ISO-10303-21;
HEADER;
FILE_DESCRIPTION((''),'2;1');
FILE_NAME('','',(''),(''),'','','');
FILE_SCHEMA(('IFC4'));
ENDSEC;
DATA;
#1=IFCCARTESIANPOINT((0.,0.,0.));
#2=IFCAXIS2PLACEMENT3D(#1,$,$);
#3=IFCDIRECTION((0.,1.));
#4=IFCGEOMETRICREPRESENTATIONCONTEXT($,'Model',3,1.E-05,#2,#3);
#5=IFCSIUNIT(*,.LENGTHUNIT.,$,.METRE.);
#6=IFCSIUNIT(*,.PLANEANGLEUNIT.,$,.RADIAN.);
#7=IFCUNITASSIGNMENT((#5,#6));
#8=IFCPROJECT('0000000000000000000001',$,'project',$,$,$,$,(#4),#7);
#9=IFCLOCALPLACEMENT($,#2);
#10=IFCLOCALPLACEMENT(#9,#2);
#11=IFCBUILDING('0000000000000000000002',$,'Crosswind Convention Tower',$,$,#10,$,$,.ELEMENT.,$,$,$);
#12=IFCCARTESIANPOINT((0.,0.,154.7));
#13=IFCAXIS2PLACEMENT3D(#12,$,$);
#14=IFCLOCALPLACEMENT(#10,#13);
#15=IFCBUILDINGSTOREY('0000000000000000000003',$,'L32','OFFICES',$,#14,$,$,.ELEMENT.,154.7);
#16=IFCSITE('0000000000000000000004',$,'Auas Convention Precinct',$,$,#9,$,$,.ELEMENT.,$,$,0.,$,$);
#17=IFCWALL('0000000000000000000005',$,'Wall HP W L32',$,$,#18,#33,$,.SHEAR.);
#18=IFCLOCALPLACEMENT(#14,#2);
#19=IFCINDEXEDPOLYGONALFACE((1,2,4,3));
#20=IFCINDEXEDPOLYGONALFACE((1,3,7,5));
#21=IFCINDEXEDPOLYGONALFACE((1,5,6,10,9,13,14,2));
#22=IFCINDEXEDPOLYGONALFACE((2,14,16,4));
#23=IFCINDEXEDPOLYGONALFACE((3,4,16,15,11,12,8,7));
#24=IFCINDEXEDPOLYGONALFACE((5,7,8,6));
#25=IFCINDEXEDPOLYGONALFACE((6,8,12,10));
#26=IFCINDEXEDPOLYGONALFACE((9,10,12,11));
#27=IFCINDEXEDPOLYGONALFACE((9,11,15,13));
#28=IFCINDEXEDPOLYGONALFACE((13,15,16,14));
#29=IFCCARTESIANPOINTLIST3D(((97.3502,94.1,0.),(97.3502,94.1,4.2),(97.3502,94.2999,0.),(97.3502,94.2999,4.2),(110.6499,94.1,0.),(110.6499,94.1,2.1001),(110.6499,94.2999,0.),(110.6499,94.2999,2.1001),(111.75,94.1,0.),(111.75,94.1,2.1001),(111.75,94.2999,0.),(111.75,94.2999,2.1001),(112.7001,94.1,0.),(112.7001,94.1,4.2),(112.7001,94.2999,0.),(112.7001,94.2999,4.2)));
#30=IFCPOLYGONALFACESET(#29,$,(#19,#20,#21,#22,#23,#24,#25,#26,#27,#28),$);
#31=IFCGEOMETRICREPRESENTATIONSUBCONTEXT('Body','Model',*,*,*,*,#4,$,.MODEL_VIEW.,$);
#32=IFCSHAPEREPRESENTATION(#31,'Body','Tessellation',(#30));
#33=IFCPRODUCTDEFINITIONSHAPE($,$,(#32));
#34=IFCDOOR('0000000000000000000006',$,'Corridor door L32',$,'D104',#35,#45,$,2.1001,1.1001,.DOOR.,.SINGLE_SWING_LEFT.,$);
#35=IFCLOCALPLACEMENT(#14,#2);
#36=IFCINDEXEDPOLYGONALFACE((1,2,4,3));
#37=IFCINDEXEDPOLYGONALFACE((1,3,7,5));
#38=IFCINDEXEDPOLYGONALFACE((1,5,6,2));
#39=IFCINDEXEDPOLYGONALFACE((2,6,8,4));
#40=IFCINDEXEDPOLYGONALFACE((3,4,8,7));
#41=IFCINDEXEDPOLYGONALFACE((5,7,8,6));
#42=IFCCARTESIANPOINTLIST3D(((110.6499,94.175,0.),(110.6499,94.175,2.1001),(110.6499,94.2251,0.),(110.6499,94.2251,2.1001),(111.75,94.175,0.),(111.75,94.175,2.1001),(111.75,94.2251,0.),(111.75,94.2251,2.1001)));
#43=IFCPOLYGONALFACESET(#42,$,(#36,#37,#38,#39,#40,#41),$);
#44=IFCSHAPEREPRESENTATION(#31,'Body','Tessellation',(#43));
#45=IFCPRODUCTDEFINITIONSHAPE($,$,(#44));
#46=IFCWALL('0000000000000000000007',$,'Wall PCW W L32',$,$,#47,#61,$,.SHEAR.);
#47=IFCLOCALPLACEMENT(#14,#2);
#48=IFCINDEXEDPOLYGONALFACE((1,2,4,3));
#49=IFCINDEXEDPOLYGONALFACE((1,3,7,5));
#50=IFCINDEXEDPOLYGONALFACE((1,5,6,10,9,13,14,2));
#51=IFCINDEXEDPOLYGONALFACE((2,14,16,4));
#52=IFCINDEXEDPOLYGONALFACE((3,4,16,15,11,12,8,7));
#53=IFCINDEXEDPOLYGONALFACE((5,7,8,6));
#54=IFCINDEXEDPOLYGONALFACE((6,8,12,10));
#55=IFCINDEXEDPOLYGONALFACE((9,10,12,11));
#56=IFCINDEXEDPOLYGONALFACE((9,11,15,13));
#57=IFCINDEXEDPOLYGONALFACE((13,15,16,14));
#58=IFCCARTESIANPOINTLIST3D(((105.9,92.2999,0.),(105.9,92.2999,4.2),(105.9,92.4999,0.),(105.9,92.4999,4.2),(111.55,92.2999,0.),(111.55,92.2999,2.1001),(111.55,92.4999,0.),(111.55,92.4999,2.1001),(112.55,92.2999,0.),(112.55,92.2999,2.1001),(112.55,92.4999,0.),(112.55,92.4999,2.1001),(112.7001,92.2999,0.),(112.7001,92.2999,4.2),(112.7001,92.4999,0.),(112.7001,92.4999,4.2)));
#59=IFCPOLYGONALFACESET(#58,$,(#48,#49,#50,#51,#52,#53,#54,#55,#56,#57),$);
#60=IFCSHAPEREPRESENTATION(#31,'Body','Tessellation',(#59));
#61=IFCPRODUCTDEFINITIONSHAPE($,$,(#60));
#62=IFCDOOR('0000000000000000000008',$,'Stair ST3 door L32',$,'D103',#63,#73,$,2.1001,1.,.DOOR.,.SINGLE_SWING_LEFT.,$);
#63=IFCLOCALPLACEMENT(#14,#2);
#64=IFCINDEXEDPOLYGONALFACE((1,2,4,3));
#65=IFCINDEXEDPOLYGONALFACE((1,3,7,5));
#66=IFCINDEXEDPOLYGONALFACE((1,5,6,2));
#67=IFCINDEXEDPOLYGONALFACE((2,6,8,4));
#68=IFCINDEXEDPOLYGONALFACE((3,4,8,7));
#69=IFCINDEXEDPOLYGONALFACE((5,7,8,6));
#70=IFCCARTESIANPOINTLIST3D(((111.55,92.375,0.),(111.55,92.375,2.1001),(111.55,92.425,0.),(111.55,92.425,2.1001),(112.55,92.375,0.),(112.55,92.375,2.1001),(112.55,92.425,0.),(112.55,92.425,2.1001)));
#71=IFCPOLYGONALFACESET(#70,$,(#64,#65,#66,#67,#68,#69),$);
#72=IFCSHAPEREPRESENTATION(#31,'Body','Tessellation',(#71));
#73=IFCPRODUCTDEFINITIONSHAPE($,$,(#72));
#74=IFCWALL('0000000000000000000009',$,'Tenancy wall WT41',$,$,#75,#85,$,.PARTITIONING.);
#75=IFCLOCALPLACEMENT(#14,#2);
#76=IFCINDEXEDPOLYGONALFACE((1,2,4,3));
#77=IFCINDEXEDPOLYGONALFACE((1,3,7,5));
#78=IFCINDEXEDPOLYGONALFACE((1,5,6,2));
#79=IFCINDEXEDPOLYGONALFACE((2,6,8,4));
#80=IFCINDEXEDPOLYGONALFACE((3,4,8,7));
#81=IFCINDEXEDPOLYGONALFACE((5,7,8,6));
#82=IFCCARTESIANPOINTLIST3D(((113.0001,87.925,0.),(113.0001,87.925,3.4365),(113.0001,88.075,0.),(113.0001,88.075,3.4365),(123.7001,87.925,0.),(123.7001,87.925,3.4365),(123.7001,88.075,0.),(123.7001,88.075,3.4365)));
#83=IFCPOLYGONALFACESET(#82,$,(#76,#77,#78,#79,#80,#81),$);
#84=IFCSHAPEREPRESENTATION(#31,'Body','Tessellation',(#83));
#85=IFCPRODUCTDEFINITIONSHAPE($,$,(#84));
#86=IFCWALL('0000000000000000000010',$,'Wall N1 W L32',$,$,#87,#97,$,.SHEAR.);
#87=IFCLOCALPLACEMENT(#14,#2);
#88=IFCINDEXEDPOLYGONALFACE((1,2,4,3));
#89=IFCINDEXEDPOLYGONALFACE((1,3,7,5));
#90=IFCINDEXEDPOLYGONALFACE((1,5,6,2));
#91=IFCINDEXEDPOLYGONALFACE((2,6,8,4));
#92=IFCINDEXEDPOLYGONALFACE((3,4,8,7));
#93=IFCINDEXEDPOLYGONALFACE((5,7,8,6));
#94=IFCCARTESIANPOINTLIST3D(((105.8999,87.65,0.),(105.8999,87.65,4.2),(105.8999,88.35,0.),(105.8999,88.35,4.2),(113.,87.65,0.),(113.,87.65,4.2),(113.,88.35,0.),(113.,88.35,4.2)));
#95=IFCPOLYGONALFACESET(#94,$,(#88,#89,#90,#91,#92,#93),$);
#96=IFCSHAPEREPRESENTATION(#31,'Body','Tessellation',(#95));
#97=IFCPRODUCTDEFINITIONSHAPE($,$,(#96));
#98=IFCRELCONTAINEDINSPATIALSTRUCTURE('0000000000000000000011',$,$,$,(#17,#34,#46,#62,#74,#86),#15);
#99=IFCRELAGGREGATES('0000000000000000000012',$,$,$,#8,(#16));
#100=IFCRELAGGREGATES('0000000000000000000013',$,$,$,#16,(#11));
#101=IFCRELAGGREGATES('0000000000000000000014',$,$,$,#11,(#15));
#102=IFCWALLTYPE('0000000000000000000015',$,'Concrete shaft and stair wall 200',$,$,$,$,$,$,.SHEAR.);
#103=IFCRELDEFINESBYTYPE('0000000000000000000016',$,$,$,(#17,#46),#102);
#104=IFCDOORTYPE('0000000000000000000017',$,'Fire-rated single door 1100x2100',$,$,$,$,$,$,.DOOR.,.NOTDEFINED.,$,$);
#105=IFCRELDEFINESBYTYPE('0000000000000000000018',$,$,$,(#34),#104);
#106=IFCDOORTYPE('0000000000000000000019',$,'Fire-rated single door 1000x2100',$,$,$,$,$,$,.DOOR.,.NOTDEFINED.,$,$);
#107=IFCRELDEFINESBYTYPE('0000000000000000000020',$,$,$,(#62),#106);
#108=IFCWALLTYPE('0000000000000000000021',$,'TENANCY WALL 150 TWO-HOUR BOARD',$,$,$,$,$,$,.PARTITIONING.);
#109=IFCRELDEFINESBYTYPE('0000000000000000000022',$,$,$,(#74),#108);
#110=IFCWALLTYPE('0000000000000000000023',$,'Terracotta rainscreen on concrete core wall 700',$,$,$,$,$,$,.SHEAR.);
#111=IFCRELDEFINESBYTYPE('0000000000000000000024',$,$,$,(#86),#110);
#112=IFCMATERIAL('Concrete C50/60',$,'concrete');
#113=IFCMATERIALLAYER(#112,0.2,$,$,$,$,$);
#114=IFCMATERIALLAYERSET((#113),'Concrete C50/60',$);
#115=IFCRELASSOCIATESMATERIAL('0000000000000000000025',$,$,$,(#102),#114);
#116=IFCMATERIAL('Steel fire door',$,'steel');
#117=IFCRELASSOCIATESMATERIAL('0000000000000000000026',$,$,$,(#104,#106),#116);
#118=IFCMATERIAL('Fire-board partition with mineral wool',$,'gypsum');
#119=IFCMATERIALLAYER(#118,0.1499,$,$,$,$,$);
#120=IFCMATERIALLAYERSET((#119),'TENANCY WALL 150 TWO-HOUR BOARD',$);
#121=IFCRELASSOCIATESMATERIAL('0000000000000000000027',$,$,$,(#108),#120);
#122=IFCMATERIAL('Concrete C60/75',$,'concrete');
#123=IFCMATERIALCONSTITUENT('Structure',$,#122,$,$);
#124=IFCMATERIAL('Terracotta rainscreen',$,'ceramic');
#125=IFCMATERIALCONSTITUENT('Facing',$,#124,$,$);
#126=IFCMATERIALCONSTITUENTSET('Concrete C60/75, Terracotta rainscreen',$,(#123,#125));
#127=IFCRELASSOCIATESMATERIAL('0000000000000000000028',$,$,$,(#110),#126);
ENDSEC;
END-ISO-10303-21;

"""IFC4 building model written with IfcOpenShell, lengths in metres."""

from ifc_helpers import new_model, si_unit, direction, frame, frame_2d, origin, place, context, subcontext, project, spatial, rectangle, extrude, material, layer, layer_set, constituent, constituent_set, type_object, element, fill, save


model = new_model("IFC4")

# Units and contexts
model_context = context("Model", 3, precision=1e-05, world=origin(), true_north=direction((0.0, 1.0)))
body_context = subcontext(model_context, "Body", "Model", "MODEL_VIEW")
ifc_project = project(units=[si_unit("LENGTHUNIT", "METRE"), si_unit("PLANEANGLEUNIT", "RADIAN")], contexts=[model_context])

# Site, building, storey
site_placement = place(None, origin())
site = spatial("IfcSite", under=ifc_project, at=site_placement, Name="Auas Convention Precinct", CompositionType="ELEMENT", RefElevation=0.0)
building_placement = place(site_placement, origin())
building = spatial("IfcBuilding", under=site, at=building_placement, Name="Crosswind Convention Tower", CompositionType="ELEMENT")
storey_placement = place(building_placement, frame((0.0, 0.0, 154.7)))
storey = spatial("IfcBuildingStorey", under=building, at=storey_placement, Name="L32", Description="OFFICES", CompositionType="ELEMENT", Elevation=154.7)

# Shared definitions
ifc_material_1 = material(Name="Concrete C50/60", Category="concrete")

# Walls, openings, doors
ifc_layer_1 = layer(ifc_material_1, 0.2)
ifc_layer_set_1 = layer_set([ifc_layer_1], Name="Concrete C50/60")
wall_type_1 = type_object("IfcWallType", Name="Concrete shaft and stair wall 200", PredefinedType="SHEAR", material=ifc_layer_set_1)
wall_1_placement = place(storey_placement, frame((112.7, 94.2, 0.0), z_axis=(0.0, 0.0, 1.0), x_axis=(-1.0, 0.0, 0.0)))
wall_1 = element("IfcWall", 1, at=wall_1_placement, inside=storey, type_object=wall_type_1, Name="Wall HP W L32", PredefinedType="SHEAR", context=body_context, shape_type="SweptSolid", body=[
    extrude(rectangle(XDim=15.3499, YDim=0.2, at=frame_2d((7.6748, 0.0))), origin(), (0.0, 0.0, 1.0), 4.2),
])
opening_1_placement = place(wall_1_placement, frame((0.95, 0.0, 0.0)))
opening_1 = element("IfcOpeningElement", 2, at=opening_1_placement, cuts=wall_1, PredefinedType="OPENING", context=body_context, shape_type="SweptSolid", body=[
    extrude(rectangle(XDim=1.1001, YDim=2.1001, at=frame_2d((0.55, 1.05))), frame((0.0, 0.1099, 0.0), z_axis=(0.0, -1.0, 0.0), x_axis=(1.0, 0.0, 0.0)), (0.0, 0.0, 1.0), 0.22),
])
ifc_material_2 = material(Name="Steel fire door", Category="steel")
door_type_1 = type_object("IfcDoorType", Name="Fire-rated single door 1100x2100", OperationType="NOTDEFINED", PredefinedType="DOOR", material=ifc_material_2)
door_1_placement = place(opening_1_placement, origin())
door_1 = element("IfcDoor", 3, at=door_1_placement, inside=storey, type_object=door_type_1, Name="Corridor door L32", ObjectType="D104", OperationType="SINGLE_SWING_LEFT", OverallHeight=2.1001, OverallWidth=1.1001, PredefinedType="DOOR", context=body_context, shape_type="SweptSolid", body=[
    extrude(rectangle(XDim=1.1001, YDim=2.1001, at=frame_2d((0.55, 1.05))), frame((0.0, 0.0249, 0.0), z_axis=(0.0, -1.0, 0.0), x_axis=(1.0, 0.0, 0.0)), (0.0, 0.0, 1.0), 0.05),
])
fill(opening_1, door_1)
wall_2_placement = place(storey_placement, frame((112.7, 92.3999, 0.0), z_axis=(0.0, 0.0, 1.0), x_axis=(-1.0, 0.0, 0.0)))
wall_2 = element("IfcWall", 4, at=wall_2_placement, inside=storey, type_object=wall_type_1, Name="Wall PCW W L32", PredefinedType="SHEAR", context=body_context, shape_type="SweptSolid", body=[
    extrude(rectangle(XDim=6.8, YDim=0.2, at=frame_2d((3.3999, 0.0))), origin(), (0.0, 0.0, 1.0), 4.2),
])
opening_2_placement = place(wall_2_placement, frame((0.1499, 0.0, 0.0)))
opening_2 = element("IfcOpeningElement", 5, at=opening_2_placement, cuts=wall_2, PredefinedType="OPENING", context=body_context, shape_type="SweptSolid", body=[
    extrude(rectangle(XDim=1.0, YDim=2.1001, at=frame_2d((0.5, 1.05))), frame((0.0, 0.1099, 0.0), z_axis=(0.0, -1.0, 0.0), x_axis=(1.0, 0.0, 0.0)), (0.0, 0.0, 1.0), 0.22),
])
door_type_2 = type_object("IfcDoorType", Name="Fire-rated single door 1000x2100", OperationType="NOTDEFINED", PredefinedType="DOOR", material=ifc_material_2)
door_2_placement = place(opening_2_placement, origin())
door_2 = element("IfcDoor", 6, at=door_2_placement, inside=storey, type_object=door_type_2, Name="Stair ST3 door L32", ObjectType="D103", OperationType="SINGLE_SWING_LEFT", OverallHeight=2.1001, OverallWidth=1.0, PredefinedType="DOOR", context=body_context, shape_type="SweptSolid", body=[
    extrude(rectangle(XDim=1.0, YDim=2.1001, at=frame_2d((0.5, 1.05))), frame((0.0, 0.0249, 0.0), z_axis=(0.0, -1.0, 0.0), x_axis=(1.0, 0.0, 0.0)), (0.0, 0.0, 1.0), 0.05),
])
fill(opening_2, door_2)

# Walls
ifc_material_3 = material(Name="Fire-board partition with mineral wool", Category="gypsum")
ifc_layer_2 = layer(ifc_material_3, 0.1499)
ifc_layer_set_2 = layer_set([ifc_layer_2], Name="TENANCY WALL 150 TWO-HOUR BOARD")
wall_type_2 = type_object("IfcWallType", Name="TENANCY WALL 150 TWO-HOUR BOARD", PredefinedType="PARTITIONING", material=ifc_layer_set_2)
wall_3_placement = place(storey_placement, frame((113.0, 88.0, 0.0), z_axis=(0.0, 0.0, 1.0), x_axis=(1.0, 0.0, 0.0)))
element("IfcWall", 7, at=wall_3_placement, inside=storey, type_object=wall_type_2, Name="Tenancy wall WT41", PredefinedType="PARTITIONING", context=body_context, shape_type="SweptSolid", body=[
    extrude(rectangle(XDim=10.7, YDim=0.1499, at=frame_2d((5.3501, 0.0))), origin(), (0.0, 0.0, 1.0), 3.4365),
])
ifc_material_4 = material(Name="Concrete C60/75", Category="concrete")
ifc_constituent_1 = constituent(ifc_material_4, Name="Structure")
ifc_material_5 = material(Name="Terracotta rainscreen", Category="ceramic")
ifc_constituent_2 = constituent(ifc_material_5, Name="Facing")
ifc_constituent_set = constituent_set(constituents=[ifc_constituent_1, ifc_constituent_2], Name="Concrete C60/75, Terracotta rainscreen")
wall_type_3 = type_object("IfcWallType", Name="Terracotta rainscreen on concrete core wall 700", PredefinedType="SHEAR", material=ifc_constituent_set)
wall_4_placement = place(storey_placement, frame((113.0, 88.0, 0.0), z_axis=(0.0, 0.0, 1.0), x_axis=(-1.0, 0.0, 0.0)))
element("IfcWall", 8, at=wall_4_placement, inside=storey, type_object=wall_type_3, Name="Wall N1 W L32", PredefinedType="SHEAR", context=body_context, shape_type="SweptSolid", body=[
    extrude(rectangle(XDim=7.1001, YDim=0.7, at=frame_2d((3.55, 0.0))), origin(), (0.0, 0.0, 1.0), 4.2),
])

save(model, "model.ifc")
